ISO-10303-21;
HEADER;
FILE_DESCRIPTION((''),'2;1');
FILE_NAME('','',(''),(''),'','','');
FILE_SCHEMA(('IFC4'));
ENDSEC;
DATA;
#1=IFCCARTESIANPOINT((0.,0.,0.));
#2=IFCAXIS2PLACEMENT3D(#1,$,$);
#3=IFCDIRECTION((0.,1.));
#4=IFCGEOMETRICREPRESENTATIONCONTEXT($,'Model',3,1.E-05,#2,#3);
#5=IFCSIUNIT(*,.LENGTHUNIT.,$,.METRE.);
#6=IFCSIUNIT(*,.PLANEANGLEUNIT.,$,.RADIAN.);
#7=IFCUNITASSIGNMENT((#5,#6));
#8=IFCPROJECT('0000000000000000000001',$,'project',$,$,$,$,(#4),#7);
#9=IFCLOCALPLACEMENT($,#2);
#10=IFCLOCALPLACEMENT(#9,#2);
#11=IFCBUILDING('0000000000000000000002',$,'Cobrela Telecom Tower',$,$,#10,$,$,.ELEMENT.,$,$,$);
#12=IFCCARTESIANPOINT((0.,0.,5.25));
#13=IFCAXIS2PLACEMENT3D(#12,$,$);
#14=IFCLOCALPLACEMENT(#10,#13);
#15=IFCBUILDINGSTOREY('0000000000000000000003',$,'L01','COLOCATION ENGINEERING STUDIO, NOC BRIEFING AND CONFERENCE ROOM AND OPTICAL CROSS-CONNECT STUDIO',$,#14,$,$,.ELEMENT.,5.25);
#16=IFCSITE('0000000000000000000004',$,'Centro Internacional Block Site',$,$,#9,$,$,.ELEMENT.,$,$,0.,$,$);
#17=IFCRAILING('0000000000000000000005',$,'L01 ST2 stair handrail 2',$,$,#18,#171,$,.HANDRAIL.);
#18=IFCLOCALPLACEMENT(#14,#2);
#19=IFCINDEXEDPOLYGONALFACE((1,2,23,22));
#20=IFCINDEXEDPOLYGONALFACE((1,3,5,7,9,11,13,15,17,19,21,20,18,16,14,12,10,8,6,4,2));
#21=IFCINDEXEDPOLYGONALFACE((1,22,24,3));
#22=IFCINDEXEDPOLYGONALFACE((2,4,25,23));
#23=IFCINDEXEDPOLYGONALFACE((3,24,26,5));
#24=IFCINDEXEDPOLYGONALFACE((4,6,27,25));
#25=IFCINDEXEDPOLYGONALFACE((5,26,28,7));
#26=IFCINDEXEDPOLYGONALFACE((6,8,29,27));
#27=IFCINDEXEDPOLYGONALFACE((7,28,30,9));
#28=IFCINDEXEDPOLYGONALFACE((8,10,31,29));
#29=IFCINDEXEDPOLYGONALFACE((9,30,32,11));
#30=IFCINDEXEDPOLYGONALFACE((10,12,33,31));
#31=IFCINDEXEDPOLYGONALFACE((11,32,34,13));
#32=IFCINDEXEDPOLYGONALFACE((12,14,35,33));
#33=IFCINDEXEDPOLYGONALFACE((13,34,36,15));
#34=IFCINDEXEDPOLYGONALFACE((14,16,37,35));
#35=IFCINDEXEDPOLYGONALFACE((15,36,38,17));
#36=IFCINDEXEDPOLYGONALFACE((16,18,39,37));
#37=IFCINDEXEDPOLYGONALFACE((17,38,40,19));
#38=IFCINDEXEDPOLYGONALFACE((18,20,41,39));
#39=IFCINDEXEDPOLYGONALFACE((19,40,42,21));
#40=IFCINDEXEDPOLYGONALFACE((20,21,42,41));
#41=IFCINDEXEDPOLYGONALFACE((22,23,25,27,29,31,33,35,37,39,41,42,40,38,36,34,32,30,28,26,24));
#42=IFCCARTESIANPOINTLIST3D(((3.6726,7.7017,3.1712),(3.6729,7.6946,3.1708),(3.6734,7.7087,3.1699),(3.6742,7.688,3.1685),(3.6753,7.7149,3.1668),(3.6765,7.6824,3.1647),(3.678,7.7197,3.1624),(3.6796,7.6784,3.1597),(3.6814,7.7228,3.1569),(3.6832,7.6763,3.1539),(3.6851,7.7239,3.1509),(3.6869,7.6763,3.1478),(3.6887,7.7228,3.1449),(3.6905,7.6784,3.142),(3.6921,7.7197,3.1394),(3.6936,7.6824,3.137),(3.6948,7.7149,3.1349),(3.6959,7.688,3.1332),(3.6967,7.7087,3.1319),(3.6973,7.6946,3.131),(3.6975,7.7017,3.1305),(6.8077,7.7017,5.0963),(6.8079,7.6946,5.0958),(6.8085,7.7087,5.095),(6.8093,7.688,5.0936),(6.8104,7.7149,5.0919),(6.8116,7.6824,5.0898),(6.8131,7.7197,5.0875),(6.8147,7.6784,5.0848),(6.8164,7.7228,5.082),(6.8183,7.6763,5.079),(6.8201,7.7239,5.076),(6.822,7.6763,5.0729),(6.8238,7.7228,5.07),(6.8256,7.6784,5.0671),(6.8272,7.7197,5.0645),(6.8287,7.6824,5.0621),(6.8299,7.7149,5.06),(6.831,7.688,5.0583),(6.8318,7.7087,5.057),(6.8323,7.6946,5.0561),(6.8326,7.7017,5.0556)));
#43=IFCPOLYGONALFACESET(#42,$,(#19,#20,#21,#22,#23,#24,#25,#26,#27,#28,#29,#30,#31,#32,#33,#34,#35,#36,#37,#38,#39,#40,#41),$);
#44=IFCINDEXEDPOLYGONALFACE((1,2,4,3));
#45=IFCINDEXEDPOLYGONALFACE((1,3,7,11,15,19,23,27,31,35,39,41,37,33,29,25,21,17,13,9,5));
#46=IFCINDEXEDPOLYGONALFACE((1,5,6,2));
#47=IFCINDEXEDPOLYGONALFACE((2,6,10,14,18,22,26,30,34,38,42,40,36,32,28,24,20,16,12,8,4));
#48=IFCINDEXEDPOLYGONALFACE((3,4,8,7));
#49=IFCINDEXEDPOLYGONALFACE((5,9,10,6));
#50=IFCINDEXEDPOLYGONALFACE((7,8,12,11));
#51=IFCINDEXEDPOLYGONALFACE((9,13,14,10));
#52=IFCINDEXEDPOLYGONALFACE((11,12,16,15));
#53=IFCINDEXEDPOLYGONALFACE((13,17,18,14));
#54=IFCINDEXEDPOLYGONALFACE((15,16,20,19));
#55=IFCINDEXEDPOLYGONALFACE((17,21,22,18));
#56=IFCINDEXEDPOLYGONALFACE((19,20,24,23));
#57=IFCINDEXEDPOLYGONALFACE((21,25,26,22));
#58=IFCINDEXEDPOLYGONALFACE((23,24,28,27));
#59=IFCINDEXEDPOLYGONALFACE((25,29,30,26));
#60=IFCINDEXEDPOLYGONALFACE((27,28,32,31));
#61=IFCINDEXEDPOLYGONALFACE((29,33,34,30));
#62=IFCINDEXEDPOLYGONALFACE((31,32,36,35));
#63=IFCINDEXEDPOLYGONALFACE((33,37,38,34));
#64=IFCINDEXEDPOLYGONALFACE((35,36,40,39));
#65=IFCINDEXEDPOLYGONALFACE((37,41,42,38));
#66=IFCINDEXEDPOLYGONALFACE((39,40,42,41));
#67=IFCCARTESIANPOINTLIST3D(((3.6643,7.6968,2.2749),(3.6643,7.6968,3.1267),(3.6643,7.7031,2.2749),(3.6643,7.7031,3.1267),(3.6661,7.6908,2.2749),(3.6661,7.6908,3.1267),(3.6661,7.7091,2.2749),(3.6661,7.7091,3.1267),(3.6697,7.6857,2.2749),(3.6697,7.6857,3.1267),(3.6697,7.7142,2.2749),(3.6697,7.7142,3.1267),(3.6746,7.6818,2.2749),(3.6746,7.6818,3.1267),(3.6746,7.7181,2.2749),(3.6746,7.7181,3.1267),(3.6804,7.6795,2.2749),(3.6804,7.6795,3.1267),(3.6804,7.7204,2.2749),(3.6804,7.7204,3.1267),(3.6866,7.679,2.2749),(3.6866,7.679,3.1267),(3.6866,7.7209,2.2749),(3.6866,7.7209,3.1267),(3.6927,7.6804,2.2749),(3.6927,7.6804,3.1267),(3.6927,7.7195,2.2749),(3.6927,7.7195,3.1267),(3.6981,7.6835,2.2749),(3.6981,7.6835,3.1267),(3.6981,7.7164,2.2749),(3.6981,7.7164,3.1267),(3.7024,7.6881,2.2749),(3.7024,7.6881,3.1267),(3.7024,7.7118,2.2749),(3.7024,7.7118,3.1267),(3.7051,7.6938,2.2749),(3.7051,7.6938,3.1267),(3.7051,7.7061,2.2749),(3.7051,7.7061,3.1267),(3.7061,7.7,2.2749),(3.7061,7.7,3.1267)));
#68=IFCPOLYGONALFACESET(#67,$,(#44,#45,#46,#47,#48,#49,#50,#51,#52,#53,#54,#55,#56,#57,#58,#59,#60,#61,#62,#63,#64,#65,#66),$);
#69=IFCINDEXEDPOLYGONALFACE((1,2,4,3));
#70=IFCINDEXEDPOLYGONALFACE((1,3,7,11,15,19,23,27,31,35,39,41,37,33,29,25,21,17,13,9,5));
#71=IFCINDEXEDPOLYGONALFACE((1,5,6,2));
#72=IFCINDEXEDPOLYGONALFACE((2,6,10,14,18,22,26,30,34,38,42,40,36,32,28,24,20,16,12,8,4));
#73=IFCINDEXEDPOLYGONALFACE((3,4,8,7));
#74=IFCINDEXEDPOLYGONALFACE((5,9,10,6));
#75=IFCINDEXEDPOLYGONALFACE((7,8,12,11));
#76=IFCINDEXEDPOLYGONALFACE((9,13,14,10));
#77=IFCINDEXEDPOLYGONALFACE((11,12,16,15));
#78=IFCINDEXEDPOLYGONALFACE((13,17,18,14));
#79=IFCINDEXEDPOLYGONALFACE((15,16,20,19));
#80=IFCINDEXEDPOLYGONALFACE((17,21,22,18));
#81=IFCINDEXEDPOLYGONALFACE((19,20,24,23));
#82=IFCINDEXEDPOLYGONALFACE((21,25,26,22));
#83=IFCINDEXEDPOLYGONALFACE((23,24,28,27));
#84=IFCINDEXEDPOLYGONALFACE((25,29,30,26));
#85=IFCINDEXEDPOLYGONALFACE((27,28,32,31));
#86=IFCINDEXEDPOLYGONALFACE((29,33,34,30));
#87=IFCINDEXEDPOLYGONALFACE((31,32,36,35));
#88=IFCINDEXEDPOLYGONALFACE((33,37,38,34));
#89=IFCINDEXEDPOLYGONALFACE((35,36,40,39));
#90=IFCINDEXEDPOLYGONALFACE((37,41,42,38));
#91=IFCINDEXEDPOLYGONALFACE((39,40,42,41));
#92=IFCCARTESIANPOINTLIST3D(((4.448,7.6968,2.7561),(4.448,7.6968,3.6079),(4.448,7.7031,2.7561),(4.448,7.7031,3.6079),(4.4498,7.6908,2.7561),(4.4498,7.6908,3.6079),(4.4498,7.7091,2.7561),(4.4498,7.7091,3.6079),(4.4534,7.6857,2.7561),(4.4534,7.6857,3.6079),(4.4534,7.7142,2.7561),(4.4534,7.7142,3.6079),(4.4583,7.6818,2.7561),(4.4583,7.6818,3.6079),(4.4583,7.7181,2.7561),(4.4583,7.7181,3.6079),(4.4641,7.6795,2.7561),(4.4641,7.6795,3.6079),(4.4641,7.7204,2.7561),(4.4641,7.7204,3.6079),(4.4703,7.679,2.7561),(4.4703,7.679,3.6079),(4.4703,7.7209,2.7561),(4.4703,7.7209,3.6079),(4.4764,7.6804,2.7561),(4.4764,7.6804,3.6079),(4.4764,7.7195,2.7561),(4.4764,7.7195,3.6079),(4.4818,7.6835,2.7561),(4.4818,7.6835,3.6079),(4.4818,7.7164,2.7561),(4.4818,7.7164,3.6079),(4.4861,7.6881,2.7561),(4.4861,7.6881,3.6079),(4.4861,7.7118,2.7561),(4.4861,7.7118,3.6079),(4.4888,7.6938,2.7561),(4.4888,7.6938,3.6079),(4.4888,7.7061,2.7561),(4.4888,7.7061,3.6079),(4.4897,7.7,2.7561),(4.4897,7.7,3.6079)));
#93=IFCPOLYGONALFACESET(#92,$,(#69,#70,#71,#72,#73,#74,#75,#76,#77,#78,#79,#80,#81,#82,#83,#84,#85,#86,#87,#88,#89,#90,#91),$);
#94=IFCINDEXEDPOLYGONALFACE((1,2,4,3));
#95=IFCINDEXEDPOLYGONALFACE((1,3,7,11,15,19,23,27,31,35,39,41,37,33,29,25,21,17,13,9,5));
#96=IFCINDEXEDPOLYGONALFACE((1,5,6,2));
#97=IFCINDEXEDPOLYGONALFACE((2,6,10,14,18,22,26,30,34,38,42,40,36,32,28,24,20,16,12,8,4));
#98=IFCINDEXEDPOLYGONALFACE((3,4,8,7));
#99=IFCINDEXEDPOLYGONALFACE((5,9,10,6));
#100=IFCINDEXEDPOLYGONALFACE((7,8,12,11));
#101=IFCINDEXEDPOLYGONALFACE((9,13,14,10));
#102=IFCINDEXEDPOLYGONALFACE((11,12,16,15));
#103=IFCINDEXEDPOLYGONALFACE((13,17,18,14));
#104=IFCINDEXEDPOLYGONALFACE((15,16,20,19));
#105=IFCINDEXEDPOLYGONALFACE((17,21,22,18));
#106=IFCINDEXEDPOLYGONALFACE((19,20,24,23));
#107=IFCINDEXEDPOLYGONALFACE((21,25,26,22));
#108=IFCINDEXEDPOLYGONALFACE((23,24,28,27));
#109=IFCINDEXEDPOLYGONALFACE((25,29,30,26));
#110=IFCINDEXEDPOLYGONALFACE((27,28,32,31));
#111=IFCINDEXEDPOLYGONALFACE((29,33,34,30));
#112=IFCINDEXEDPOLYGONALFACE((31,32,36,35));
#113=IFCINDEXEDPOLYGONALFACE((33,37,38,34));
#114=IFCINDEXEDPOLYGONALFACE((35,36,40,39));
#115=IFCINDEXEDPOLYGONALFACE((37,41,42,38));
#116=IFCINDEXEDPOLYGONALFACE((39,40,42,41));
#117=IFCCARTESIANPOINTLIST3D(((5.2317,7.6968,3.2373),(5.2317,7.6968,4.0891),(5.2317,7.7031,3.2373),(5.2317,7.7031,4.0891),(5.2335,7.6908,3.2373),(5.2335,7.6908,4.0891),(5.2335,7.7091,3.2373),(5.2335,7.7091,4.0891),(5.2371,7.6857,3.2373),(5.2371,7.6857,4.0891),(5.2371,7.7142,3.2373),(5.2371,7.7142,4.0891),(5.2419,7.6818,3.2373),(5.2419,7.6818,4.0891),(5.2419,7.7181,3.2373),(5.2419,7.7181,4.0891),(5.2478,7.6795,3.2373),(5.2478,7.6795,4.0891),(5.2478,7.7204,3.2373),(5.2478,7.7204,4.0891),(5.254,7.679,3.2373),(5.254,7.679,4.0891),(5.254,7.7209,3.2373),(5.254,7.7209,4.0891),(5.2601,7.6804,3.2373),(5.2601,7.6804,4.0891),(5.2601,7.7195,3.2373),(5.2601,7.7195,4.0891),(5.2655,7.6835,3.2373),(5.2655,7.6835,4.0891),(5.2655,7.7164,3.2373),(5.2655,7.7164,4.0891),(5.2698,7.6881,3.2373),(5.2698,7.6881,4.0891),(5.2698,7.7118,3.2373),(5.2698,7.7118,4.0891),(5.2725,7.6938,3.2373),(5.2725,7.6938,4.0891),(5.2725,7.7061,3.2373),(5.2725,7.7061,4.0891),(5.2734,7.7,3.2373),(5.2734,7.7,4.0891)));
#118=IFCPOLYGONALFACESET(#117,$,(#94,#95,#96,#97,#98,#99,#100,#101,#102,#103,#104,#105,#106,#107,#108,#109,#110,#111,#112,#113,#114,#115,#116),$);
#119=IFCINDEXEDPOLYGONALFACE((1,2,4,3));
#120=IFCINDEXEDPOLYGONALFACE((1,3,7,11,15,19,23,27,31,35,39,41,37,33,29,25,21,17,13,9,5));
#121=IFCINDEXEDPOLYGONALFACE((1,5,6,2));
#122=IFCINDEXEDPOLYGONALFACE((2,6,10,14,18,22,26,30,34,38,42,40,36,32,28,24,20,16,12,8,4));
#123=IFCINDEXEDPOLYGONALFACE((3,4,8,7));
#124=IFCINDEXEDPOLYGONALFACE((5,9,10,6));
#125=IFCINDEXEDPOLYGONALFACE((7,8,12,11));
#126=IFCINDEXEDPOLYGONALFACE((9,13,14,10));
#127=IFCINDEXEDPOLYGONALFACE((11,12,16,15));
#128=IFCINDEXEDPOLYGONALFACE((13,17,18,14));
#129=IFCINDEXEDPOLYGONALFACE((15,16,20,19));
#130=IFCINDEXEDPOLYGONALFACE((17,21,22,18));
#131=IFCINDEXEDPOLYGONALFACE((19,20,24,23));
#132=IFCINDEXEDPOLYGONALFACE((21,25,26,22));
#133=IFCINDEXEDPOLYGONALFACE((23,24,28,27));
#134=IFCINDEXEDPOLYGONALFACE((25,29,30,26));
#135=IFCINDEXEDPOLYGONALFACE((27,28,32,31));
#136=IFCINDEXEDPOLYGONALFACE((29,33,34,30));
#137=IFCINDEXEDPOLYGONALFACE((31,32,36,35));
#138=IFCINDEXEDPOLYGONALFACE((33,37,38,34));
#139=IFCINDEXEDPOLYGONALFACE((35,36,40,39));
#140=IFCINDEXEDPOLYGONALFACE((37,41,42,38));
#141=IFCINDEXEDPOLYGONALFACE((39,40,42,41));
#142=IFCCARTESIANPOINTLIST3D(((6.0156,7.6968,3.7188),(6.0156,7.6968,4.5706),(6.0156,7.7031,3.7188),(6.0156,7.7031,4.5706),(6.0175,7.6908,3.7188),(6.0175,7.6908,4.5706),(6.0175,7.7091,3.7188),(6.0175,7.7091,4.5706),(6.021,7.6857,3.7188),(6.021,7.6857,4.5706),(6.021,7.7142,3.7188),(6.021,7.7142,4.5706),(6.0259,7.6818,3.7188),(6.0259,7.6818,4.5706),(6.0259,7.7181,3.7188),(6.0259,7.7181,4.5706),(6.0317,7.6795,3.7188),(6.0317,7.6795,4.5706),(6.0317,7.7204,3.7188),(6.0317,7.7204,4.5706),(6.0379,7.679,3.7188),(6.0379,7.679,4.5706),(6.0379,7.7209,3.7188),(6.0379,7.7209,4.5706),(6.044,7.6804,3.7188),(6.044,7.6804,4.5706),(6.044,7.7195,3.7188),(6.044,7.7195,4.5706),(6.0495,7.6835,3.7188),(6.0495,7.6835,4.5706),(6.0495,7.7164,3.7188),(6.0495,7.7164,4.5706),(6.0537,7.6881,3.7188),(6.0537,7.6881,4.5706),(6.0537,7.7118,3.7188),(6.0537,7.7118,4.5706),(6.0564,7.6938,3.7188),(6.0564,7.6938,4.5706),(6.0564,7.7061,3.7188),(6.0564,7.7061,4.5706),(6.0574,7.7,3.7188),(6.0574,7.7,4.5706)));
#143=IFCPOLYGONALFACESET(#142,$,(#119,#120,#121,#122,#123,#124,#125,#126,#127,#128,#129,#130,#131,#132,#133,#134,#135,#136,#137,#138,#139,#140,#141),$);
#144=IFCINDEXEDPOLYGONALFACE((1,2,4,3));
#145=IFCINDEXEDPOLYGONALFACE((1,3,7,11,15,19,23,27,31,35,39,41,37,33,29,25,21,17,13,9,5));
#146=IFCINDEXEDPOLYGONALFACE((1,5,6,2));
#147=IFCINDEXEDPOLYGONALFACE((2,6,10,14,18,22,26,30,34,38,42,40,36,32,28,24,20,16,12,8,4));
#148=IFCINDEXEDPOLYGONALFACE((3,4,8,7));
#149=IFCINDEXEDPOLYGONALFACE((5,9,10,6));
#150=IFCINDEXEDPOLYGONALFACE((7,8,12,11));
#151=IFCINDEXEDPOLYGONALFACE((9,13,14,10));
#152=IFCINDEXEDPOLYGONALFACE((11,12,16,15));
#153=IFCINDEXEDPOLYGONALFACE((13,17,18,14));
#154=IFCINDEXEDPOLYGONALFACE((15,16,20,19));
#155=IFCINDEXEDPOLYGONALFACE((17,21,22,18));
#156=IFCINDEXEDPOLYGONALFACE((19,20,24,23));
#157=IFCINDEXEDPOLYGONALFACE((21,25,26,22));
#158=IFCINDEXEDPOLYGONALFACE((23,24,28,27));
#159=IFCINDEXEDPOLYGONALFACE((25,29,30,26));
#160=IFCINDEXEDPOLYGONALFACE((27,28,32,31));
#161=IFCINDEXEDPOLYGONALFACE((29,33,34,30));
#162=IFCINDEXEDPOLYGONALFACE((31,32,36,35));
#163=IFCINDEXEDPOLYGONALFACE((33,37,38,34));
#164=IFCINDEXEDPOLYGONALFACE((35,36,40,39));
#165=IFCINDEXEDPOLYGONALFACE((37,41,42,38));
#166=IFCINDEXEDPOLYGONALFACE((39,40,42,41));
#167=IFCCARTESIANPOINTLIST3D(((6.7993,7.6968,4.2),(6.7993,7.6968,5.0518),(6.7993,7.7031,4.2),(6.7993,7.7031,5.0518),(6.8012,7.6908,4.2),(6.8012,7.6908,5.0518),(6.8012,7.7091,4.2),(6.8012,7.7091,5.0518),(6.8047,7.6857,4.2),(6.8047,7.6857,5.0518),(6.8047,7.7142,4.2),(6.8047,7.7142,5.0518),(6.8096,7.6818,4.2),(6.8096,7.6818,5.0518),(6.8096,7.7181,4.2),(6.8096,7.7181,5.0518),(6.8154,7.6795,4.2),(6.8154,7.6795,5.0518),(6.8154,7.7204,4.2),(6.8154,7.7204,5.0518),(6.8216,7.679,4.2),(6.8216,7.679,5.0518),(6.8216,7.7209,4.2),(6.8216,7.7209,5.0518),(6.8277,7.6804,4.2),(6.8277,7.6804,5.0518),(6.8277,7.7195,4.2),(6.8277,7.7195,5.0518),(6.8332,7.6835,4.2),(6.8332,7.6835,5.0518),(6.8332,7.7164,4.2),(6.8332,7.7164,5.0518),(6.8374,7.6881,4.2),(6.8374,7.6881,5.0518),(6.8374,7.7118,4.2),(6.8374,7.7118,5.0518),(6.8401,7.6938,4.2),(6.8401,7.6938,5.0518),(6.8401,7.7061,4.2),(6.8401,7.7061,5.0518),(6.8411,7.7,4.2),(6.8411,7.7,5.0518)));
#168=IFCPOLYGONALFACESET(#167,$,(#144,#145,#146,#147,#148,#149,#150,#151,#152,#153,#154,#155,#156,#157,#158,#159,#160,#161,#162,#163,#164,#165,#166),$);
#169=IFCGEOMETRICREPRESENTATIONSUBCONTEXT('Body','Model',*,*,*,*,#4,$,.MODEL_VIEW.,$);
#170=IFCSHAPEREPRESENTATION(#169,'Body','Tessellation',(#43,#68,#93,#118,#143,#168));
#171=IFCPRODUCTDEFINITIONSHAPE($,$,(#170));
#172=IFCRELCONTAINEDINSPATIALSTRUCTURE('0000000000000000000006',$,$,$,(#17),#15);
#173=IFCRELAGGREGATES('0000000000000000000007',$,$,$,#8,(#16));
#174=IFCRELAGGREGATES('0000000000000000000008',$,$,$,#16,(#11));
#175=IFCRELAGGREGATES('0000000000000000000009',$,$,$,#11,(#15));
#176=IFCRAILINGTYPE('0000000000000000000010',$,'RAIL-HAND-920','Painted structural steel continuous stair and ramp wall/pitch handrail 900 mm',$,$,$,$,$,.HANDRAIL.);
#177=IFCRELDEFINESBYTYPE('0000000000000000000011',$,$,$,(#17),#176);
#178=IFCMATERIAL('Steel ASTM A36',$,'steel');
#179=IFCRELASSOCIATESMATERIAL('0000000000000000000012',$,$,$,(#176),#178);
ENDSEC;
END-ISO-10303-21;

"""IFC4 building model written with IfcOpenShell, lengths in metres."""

from ifc_helpers import new_model, si_unit, direction, frame, origin, origin_2d, place, context, subcontext, project, spatial, circle, extrude, material, type_object, element, save


model = new_model("IFC4")

# Units and contexts
model_context = context("Model", 3, precision=1e-05, world=origin(), true_north=direction((0.0, 1.0)))
body_context = subcontext(model_context, "Body", "Model", "MODEL_VIEW")
ifc_project = project(units=[si_unit("LENGTHUNIT", "METRE"), si_unit("PLANEANGLEUNIT", "RADIAN")], contexts=[model_context])

# Site, building, storey
site_placement = place(None, origin())
site = spatial("IfcSite", under=ifc_project, at=site_placement, Name="Centro Internacional Block Site", CompositionType="ELEMENT", RefElevation=0.0)
building_placement = place(site_placement, origin())
building = spatial("IfcBuilding", under=site, at=building_placement, Name="Cobrela Telecom Tower", CompositionType="ELEMENT")
storey_placement = place(building_placement, frame((0.0, 0.0, 5.25)))
storey = spatial("IfcBuildingStorey", under=building, at=storey_placement, Name="L01", Description="COLOCATION ENGINEERING STUDIO, NOC BRIEFING AND CONFERENCE ROOM AND OPTICAL CROSS-CONNECT STUDIO", CompositionType="ELEMENT", Elevation=5.25)

# Shared definitions
ifc_material_1 = material(Name="Steel ASTM A36", Category="steel")

# Railing
railing_type = type_object("IfcRailingType", Name="RAIL-HAND-920", Description="Painted structural steel continuous stair and ramp wall/pitch handrail 900 mm", PredefinedType="HANDRAIL", material=ifc_material_1)
railing_placement = place(storey_placement, frame((3.6851, 7.7, 2.2749)))
element("IfcRailing", 1, at=railing_placement, inside=storey, type_object=railing_type, Name="L01 ST2 stair handrail 2", PredefinedType="HANDRAIL", context=body_context, shape_type="SweptSolid", body=[
    extrude(circle(Radius=0.0239, at=origin_2d()), frame((0.0, 0.0, 0.876), z_axis=(0.852166, 0.0, 0.523271), x_axis=(0.0, 1.0, 0.0)), (0.0, 0.0, 1.0), 3.679),
    extrude(circle(Radius=0.021, at=origin_2d()), origin(), (0.0, 0.0, 1.0), 0.8518),
    extrude(circle(Radius=0.021, at=origin_2d()), frame((0.7837, 0.0, 0.4812)), (0.0, 0.0, 1.0), 0.8518),
    extrude(circle(Radius=0.021, at=origin_2d()), frame((1.5674, 0.0, 0.9624)), (0.0, 0.0, 1.0), 0.8518),
    extrude(circle(Radius=0.021, at=origin_2d()), frame((2.3513, 0.0, 1.4438)), (0.0, 0.0, 1.0), 0.8518),
    extrude(circle(Radius=0.021, at=origin_2d()), frame((3.135, 0.0, 1.925)), (0.0, 0.0, 1.0), 0.8518),
])

save(model, "model.ifc")
